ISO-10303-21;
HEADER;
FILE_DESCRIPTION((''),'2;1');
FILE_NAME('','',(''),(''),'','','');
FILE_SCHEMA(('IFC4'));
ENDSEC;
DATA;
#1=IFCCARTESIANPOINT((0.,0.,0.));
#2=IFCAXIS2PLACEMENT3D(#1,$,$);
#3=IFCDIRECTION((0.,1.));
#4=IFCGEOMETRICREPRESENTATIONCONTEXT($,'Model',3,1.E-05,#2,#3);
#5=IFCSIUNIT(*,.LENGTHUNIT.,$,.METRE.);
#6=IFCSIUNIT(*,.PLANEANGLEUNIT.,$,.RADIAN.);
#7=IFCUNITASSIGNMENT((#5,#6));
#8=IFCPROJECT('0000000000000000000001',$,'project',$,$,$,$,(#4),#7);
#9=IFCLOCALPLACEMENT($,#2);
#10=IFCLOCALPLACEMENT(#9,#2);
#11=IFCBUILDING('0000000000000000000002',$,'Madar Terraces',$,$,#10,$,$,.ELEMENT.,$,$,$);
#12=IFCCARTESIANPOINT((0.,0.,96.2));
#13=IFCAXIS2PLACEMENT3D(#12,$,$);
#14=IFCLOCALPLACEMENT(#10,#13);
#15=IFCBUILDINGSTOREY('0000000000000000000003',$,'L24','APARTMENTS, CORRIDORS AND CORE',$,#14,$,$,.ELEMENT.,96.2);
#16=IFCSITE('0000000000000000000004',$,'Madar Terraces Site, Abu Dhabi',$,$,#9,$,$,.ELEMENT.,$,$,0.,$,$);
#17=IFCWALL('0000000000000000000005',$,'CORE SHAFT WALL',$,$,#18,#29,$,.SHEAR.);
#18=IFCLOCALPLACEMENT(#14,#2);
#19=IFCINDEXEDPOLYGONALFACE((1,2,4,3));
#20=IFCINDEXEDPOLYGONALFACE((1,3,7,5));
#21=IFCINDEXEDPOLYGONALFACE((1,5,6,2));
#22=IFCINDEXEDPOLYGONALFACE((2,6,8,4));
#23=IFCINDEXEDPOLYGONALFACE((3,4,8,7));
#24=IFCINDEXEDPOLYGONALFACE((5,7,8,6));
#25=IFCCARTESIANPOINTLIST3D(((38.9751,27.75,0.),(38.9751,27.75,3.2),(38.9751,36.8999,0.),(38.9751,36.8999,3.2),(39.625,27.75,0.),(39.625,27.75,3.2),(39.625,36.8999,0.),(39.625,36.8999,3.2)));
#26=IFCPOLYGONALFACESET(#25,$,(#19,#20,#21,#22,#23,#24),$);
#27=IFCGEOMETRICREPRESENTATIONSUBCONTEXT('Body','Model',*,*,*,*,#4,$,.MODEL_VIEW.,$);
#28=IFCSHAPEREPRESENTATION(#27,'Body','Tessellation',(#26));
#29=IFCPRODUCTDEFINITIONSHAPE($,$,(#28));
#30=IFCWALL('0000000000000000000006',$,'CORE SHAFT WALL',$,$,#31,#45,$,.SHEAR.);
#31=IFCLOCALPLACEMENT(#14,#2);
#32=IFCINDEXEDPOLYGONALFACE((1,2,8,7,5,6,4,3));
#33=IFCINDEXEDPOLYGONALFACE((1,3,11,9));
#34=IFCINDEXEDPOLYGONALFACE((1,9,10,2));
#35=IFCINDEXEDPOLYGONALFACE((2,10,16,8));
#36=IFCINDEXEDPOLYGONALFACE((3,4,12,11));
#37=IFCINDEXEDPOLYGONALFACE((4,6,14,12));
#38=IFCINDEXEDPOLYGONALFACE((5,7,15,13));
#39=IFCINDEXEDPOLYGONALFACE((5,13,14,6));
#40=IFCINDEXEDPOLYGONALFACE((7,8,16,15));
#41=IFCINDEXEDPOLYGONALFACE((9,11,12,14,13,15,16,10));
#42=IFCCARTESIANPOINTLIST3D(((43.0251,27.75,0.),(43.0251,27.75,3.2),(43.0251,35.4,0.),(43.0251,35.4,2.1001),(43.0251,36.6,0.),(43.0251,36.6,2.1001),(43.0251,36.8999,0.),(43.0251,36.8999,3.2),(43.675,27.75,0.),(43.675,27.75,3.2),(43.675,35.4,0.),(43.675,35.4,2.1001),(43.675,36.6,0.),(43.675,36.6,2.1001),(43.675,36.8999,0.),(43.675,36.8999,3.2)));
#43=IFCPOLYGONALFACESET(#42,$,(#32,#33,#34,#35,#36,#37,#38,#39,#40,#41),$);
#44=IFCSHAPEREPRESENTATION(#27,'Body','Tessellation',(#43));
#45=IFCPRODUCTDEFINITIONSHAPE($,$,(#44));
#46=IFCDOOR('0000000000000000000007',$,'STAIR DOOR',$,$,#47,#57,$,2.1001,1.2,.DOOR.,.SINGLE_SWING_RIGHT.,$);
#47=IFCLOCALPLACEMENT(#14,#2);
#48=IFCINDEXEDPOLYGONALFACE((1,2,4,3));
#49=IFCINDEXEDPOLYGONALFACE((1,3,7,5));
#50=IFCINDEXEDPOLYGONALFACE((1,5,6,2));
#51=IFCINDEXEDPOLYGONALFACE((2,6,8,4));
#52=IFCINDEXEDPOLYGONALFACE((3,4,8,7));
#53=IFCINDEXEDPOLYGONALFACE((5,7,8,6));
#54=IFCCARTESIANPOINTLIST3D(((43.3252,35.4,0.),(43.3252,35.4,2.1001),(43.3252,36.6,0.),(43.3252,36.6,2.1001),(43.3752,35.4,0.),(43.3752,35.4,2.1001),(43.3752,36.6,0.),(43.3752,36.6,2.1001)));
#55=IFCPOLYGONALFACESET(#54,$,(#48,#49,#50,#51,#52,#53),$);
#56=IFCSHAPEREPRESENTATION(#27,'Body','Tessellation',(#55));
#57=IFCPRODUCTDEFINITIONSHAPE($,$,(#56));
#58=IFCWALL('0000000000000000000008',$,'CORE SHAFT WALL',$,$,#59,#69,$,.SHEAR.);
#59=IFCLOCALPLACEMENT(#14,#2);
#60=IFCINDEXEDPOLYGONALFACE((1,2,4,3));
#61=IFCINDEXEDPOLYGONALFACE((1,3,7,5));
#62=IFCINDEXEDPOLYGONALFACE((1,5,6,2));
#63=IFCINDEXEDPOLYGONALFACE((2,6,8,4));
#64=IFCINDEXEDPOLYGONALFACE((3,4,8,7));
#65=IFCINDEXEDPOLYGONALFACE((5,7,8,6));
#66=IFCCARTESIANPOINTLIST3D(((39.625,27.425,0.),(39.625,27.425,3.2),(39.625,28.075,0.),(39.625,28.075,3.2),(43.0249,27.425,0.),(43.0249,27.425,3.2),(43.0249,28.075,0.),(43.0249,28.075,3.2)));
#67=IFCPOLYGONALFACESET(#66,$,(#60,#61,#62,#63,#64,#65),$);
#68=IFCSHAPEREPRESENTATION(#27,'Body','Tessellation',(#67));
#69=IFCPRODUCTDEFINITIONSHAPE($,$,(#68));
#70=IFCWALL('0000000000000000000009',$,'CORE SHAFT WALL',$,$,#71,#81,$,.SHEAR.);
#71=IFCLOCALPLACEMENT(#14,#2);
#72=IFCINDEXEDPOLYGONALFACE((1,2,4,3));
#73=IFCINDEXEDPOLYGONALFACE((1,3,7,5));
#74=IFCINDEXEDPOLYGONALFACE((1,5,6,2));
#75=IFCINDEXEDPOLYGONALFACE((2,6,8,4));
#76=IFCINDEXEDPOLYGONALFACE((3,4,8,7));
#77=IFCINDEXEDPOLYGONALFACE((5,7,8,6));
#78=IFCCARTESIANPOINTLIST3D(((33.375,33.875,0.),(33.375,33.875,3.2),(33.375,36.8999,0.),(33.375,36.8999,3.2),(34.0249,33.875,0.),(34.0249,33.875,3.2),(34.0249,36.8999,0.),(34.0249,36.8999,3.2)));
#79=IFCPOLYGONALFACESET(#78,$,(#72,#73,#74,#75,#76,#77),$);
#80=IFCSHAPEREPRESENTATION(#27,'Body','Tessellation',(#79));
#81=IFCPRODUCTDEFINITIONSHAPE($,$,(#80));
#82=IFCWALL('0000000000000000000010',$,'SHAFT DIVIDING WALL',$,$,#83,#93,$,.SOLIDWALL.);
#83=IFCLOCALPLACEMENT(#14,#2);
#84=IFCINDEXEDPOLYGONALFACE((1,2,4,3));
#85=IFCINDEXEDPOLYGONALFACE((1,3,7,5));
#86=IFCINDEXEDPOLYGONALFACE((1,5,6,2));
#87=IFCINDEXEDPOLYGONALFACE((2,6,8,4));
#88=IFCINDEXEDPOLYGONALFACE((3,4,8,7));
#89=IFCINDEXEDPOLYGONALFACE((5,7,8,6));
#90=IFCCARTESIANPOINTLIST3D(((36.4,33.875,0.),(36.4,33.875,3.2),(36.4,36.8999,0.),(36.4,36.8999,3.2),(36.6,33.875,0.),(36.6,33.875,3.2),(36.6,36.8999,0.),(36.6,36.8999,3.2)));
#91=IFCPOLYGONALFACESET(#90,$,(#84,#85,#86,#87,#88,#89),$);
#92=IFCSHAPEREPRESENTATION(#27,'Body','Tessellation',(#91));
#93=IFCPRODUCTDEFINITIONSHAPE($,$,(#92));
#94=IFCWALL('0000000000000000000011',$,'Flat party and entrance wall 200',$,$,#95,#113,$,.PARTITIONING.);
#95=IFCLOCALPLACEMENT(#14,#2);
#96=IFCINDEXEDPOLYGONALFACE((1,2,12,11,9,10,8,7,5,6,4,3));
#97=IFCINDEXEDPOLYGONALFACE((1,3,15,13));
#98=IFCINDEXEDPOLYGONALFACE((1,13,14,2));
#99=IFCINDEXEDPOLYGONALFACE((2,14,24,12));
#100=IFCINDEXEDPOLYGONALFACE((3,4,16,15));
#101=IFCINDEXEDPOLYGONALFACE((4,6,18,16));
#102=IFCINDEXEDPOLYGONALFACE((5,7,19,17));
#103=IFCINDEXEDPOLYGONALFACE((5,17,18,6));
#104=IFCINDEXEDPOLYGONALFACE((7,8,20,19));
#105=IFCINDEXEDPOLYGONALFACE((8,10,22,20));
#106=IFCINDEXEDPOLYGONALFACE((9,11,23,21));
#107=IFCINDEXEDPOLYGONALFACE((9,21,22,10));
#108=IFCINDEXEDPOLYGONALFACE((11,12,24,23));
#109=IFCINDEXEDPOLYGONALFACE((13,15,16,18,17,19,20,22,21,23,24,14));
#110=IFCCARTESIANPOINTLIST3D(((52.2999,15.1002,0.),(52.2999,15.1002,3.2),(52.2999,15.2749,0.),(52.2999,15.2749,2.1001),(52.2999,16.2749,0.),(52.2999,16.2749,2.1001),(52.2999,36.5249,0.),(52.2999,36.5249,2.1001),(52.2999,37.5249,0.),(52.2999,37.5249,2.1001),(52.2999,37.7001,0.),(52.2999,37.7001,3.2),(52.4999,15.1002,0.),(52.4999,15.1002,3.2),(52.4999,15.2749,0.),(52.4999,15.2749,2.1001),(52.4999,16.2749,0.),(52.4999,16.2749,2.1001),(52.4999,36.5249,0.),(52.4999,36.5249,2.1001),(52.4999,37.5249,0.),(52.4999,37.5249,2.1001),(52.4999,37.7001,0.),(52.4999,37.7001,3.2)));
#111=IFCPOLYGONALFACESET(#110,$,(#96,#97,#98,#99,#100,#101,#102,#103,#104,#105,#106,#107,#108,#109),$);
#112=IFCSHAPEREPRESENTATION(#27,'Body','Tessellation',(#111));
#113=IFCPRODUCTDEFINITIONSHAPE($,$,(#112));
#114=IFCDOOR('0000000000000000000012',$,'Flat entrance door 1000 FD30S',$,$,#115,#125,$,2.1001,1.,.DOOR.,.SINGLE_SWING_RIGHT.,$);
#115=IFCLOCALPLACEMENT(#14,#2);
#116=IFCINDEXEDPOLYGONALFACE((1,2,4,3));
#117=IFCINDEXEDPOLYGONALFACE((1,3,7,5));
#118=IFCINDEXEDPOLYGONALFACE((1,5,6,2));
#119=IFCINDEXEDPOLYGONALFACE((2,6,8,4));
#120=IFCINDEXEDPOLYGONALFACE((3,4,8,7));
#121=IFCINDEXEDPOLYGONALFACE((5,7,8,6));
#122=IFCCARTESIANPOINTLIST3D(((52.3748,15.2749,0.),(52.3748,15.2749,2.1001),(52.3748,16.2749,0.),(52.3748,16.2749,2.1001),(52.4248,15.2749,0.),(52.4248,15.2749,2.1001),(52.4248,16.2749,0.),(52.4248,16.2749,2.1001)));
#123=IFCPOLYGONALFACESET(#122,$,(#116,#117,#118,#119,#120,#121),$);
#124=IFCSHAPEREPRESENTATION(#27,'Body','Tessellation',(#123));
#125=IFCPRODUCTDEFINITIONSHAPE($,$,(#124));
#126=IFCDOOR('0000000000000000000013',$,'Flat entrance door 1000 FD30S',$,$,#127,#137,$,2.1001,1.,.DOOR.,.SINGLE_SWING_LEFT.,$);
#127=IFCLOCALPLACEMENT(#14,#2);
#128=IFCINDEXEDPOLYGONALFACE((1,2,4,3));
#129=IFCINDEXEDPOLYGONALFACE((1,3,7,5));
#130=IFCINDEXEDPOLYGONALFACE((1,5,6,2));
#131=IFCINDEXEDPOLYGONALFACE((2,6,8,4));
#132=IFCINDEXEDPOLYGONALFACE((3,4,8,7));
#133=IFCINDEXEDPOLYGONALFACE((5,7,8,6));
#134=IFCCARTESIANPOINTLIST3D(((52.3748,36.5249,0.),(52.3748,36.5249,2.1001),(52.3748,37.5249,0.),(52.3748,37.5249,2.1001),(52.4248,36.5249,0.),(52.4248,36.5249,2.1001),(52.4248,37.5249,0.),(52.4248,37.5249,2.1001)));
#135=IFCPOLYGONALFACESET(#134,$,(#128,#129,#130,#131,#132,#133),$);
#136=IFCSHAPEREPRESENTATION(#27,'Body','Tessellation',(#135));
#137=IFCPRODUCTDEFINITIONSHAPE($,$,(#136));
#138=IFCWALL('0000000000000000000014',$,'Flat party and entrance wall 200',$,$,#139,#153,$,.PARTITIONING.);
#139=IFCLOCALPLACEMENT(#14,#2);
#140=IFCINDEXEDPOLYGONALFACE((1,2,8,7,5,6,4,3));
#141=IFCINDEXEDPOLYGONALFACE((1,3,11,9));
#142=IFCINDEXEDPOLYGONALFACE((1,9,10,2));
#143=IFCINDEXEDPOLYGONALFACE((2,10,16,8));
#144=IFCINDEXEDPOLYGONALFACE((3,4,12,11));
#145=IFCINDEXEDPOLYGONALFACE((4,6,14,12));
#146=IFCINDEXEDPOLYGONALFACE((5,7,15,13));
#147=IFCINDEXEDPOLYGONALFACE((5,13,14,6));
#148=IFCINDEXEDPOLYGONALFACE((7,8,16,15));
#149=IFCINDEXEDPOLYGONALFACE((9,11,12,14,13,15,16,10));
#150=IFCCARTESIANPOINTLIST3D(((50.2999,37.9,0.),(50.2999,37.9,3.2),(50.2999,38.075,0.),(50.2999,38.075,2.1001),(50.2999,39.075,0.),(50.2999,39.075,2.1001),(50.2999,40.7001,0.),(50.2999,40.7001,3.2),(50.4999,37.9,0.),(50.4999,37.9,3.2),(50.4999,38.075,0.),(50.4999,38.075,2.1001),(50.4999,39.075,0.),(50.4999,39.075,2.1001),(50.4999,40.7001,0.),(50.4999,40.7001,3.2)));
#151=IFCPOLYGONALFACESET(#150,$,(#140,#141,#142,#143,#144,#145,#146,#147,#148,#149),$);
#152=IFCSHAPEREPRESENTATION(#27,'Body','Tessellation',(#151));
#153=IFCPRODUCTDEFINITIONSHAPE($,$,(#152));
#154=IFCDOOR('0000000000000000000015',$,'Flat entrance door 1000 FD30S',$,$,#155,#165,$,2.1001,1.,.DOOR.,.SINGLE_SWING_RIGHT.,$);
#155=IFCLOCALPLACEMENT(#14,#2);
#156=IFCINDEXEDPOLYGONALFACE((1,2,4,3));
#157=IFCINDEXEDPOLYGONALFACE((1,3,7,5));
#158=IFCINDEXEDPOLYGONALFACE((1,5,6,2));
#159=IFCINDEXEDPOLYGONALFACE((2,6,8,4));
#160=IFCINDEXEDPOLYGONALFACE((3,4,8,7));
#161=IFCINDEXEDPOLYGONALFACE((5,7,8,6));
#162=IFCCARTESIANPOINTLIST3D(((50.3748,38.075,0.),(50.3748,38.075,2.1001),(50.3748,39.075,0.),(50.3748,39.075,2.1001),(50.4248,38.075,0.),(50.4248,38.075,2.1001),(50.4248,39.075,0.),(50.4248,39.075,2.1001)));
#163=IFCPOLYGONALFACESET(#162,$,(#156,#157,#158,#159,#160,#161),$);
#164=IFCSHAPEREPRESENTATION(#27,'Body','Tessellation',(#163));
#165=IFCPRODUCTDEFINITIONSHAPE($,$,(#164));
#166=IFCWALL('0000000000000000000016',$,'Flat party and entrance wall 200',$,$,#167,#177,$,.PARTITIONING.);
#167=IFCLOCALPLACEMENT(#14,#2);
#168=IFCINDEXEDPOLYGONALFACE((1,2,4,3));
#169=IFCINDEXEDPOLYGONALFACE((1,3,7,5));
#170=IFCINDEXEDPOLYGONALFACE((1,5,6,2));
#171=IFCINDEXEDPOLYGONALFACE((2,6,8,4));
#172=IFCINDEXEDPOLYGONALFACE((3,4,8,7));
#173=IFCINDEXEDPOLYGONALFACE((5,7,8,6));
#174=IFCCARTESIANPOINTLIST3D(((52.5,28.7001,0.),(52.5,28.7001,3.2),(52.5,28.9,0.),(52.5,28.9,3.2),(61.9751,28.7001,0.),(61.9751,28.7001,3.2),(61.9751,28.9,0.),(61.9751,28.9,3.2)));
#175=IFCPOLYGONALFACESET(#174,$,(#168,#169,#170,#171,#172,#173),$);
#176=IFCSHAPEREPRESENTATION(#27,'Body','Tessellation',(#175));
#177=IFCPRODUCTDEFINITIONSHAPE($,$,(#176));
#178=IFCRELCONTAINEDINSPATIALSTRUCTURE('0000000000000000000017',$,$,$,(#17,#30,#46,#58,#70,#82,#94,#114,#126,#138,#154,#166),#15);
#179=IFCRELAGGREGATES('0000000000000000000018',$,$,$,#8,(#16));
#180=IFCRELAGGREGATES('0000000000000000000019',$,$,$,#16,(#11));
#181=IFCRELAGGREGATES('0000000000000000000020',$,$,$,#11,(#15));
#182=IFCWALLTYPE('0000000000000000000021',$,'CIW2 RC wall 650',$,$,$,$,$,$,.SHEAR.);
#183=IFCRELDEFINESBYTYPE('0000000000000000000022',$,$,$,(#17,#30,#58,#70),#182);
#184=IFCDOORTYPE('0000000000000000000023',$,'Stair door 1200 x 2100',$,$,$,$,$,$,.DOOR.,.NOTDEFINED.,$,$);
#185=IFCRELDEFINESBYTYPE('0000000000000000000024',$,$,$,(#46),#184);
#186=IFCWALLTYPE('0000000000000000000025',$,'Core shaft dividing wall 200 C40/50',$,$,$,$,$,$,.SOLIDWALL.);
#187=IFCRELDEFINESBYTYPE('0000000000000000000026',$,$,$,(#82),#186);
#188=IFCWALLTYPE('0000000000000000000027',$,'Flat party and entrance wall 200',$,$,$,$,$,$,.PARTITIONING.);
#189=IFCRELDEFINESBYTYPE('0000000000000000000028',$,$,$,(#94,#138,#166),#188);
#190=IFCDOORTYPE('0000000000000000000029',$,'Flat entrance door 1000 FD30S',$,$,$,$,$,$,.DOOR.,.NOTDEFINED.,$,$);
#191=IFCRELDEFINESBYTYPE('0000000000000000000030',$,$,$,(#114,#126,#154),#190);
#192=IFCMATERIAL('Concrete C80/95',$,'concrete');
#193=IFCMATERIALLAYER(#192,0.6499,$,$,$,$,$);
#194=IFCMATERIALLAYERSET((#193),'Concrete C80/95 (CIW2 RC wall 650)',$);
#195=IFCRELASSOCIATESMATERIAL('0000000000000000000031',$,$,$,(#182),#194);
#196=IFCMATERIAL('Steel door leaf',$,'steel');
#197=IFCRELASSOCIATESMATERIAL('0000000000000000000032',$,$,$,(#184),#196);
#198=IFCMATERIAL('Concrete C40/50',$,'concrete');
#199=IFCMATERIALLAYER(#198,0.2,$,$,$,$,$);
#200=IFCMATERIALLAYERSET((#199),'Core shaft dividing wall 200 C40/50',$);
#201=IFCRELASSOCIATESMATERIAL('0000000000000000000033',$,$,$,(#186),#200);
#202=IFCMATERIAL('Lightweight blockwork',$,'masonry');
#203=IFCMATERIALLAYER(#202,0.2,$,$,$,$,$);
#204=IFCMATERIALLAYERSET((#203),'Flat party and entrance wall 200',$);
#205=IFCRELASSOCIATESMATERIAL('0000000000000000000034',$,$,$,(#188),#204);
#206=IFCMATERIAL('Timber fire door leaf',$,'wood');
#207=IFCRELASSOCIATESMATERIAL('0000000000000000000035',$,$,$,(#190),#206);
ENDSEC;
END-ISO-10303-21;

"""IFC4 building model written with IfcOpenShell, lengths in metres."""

from ifc_helpers import new_model, si_unit, direction, frame, frame_2d, origin, place, context, subcontext, project, spatial, rectangle, extrude, material, layer, layer_set, type_object, element, fill, save


model = new_model("IFC4")

# Units and contexts
model_context = context("Model", 3, precision=1e-05, world=origin(), true_north=direction((0.0, 1.0)))
body_context = subcontext(model_context, "Body", "Model", "MODEL_VIEW")
ifc_project = project(units=[si_unit("LENGTHUNIT", "METRE"), si_unit("PLANEANGLEUNIT", "RADIAN")], contexts=[model_context])

# Site, building, storey
site_placement = place(None, origin())
site = spatial("IfcSite", under=ifc_project, at=site_placement, Name="Madar Terraces Site, Abu Dhabi", CompositionType="ELEMENT", RefElevation=0.0)
building_placement = place(site_placement, origin())
building = spatial("IfcBuilding", under=site, at=building_placement, Name="Madar Terraces", CompositionType="ELEMENT")
storey_placement = place(building_placement, frame((0.0, 0.0, 96.2)))
storey = spatial("IfcBuildingStorey", under=building, at=storey_placement, Name="L24", Description="APARTMENTS, CORRIDORS AND CORE", CompositionType="ELEMENT", Elevation=96.2)

# Wall
ifc_material_1 = material(Name="Concrete C80/95", Category="concrete")
ifc_layer_1 = layer(ifc_material_1, 0.6499)
ifc_layer_set_1 = layer_set([ifc_layer_1], Name="Concrete C80/95 (CIW2 RC wall 650)")
wall_type_1 = type_object("IfcWallType", Name="CIW2 RC wall 650", PredefinedType="SHEAR", material=ifc_layer_set_1)
wall_1_placement = place(storey_placement, frame((39.3, 27.75, 0.0), z_axis=(0.0, 0.0, 1.0), x_axis=(0.0, 1.0, 0.0)))
element("IfcWall", 1, at=wall_1_placement, inside=storey, type_object=wall_type_1, Name="CORE SHAFT WALL", PredefinedType="SHEAR", context=body_context, shape_type="SweptSolid", body=[
    extrude(rectangle(XDim=9.1499, YDim=0.6499, at=frame_2d((4.575, 0.0))), origin(), (0.0, 0.0, 1.0), 3.2),
])

# Wall, opening, door
wall_2_placement = place(storey_placement, frame((43.3501, 27.75, 0.0), z_axis=(0.0, 0.0, 1.0), x_axis=(0.0, 1.0, 0.0)))
wall_2 = element("IfcWall", 2, at=wall_2_placement, inside=storey, type_object=wall_type_1, Name="CORE SHAFT WALL", PredefinedType="SHEAR", context=body_context, shape_type="SweptSolid", body=[
    extrude(rectangle(XDim=9.1499, YDim=0.6499, at=frame_2d((4.575, 0.0))), origin(), (0.0, 0.0, 1.0), 3.2),
])
opening_1_placement = place(wall_2_placement, frame((7.6499, 0.0, 0.0)))
opening_1 = element("IfcOpeningElement", 3, at=opening_1_placement, cuts=wall_2, PredefinedType="OPENING", context=body_context, shape_type="SweptSolid", body=[
    extrude(rectangle(XDim=1.2, YDim=2.1001, at=frame_2d((0.6001, 1.05))), frame((0.0, 0.335, 0.0), z_axis=(0.0, -1.0, 0.0), x_axis=(1.0, 0.0, 0.0)), (0.0, 0.0, 1.0), 0.6699),
])
ifc_material_2 = material(Name="Steel door leaf", Category="steel")
door_type_1 = type_object("IfcDoorType", Name="Stair door 1200 x 2100", OperationType="NOTDEFINED", PredefinedType="DOOR", material=ifc_material_2)
door_1_placement = place(opening_1_placement, origin())
door_1 = element("IfcDoor", 4, at=door_1_placement, inside=storey, type_object=door_type_1, Name="STAIR DOOR", OperationType="SINGLE_SWING_RIGHT", OverallHeight=2.1001, OverallWidth=1.2, PredefinedType="DOOR", context=body_context, shape_type="SweptSolid", body=[
    extrude(rectangle(XDim=1.2, YDim=2.1001, at=frame_2d((0.6001, 1.05))), frame((0.0, 0.0249, 0.0), z_axis=(0.0, -1.0, 0.0), x_axis=(1.0, 0.0, 0.0)), (0.0, 0.0, 1.0), 0.05),
])
fill(opening_1, door_1)

# Walls
wall_3_placement = place(storey_placement, frame((39.625, 27.75, 0.0), z_axis=(0.0, 0.0, 1.0), x_axis=(1.0, 0.0, 0.0)))
element("IfcWall", 5, at=wall_3_placement, inside=storey, type_object=wall_type_1, Name="CORE SHAFT WALL", PredefinedType="SHEAR", context=body_context, shape_type="SweptSolid", body=[
    extrude(rectangle(XDim=3.3999, YDim=0.6499, at=frame_2d((1.7, 0.0))), origin(), (0.0, 0.0, 1.0), 3.2),
])
wall_4_placement = place(storey_placement, frame((33.7, 33.875, 0.0), z_axis=(0.0, 0.0, 1.0), x_axis=(0.0, 1.0, 0.0)))
element("IfcWall", 6, at=wall_4_placement, inside=storey, type_object=wall_type_1, Name="CORE SHAFT WALL", PredefinedType="SHEAR", context=body_context, shape_type="SweptSolid", body=[
    extrude(rectangle(XDim=3.0249, YDim=0.6499, at=frame_2d((1.5125, 0.0))), origin(), (0.0, 0.0, 1.0), 3.2),
])
ifc_material_3 = material(Name="Concrete C40/50", Category="concrete")
ifc_layer_2 = layer(ifc_material_3, 0.2)
ifc_layer_set_2 = layer_set([ifc_layer_2], Name="Core shaft dividing wall 200 C40/50")
wall_type_2 = type_object("IfcWallType", Name="Core shaft dividing wall 200 C40/50", PredefinedType="SOLIDWALL", material=ifc_layer_set_2)
wall_5_placement = place(storey_placement, frame((36.5, 33.875, 0.0), z_axis=(0.0, 0.0, 1.0), x_axis=(0.0, 1.0, 0.0)))
element("IfcWall", 7, at=wall_5_placement, inside=storey, type_object=wall_type_2, Name="SHAFT DIVIDING WALL", PredefinedType="SOLIDWALL", context=body_context, shape_type="SweptSolid", body=[
    extrude(rectangle(XDim=3.0249, YDim=0.2, at=frame_2d((1.5125, 0.0))), origin(), (0.0, 0.0, 1.0), 3.2),
])

# Wall, openings, doors
ifc_material_4 = material(Name="Lightweight blockwork", Category="masonry")
ifc_layer_3 = layer(ifc_material_4, 0.2)
ifc_layer_set_3 = layer_set([ifc_layer_3], Name="Flat party and entrance wall 200")
wall_type_3 = type_object("IfcWallType", Name="Flat party and entrance wall 200", PredefinedType="PARTITIONING", material=ifc_layer_set_3)
wall_6_placement = place(storey_placement, frame((52.3999, 37.7, 0.0), z_axis=(0.0, 0.0, 1.0), x_axis=(0.0, -1.0, 0.0)))
wall_6 = element("IfcWall", 8, at=wall_6_placement, inside=storey, type_object=wall_type_3, Name="Flat party and entrance wall 200", PredefinedType="PARTITIONING", context=body_context, shape_type="SweptSolid", body=[
    extrude(rectangle(XDim=22.5999, YDim=0.2, at=frame_2d((11.2998, 0.0))), origin(), (0.0, 0.0, 1.0), 3.2),
])
opening_2_placement = place(wall_6_placement, frame((21.425, 0.0, 0.0)))
opening_2 = element("IfcOpeningElement", 9, at=opening_2_placement, cuts=wall_6, PredefinedType="OPENING", context=body_context, shape_type="SweptSolid", body=[
    extrude(rectangle(XDim=1.0, YDim=2.1001, at=frame_2d((0.5, 1.05))), frame((0.0, 0.1099, 0.0), z_axis=(0.0, -1.0, 0.0), x_axis=(1.0, 0.0, 0.0)), (0.0, 0.0, 1.0), 0.22),
])
opening_3_placement = place(wall_6_placement, frame((0.175, 0.0, 0.0)))
opening_3 = element("IfcOpeningElement", 10, at=opening_3_placement, cuts=wall_6, PredefinedType="OPENING", context=body_context, shape_type="SweptSolid", body=[
    extrude(rectangle(XDim=1.0, YDim=2.1001, at=frame_2d((0.5, 1.05))), frame((0.0, 0.1099, 0.0), z_axis=(0.0, -1.0, 0.0), x_axis=(1.0, 0.0, 0.0)), (0.0, 0.0, 1.0), 0.22),
])
ifc_material_5 = material(Name="Timber fire door leaf", Category="wood")
door_type_2 = type_object("IfcDoorType", Name="Flat entrance door 1000 FD30S", OperationType="NOTDEFINED", PredefinedType="DOOR", material=ifc_material_5)
door_2_placement = place(opening_2_placement, origin())
door_2 = element("IfcDoor", 11, at=door_2_placement, inside=storey, type_object=door_type_2, Name="Flat entrance door 1000 FD30S", OperationType="SINGLE_SWING_RIGHT", OverallHeight=2.1001, OverallWidth=1.0, PredefinedType="DOOR", context=body_context, shape_type="SweptSolid", body=[
    extrude(rectangle(XDim=1.0, YDim=2.1001, at=frame_2d((0.5, 1.05))), frame((0.0, 0.0249, 0.0), z_axis=(0.0, -1.0, 0.0), x_axis=(1.0, 0.0, 0.0)), (0.0, 0.0, 1.0), 0.05),
])
fill(opening_2, door_2)
door_3_placement = place(opening_3_placement, origin())
door_3 = element("IfcDoor", 12, at=door_3_placement, inside=storey, type_object=door_type_2, Name="Flat entrance door 1000 FD30S", OperationType="SINGLE_SWING_LEFT", OverallHeight=2.1001, OverallWidth=1.0, PredefinedType="DOOR", context=body_context, shape_type="SweptSolid", body=[
    extrude(rectangle(XDim=1.0, YDim=2.1001, at=frame_2d((0.5, 1.05))), frame((0.0, 0.0249, 0.0), z_axis=(0.0, -1.0, 0.0), x_axis=(1.0, 0.0, 0.0)), (0.0, 0.0, 1.0), 0.05),
])
fill(opening_3, door_3)

# Wall, opening, door
wall_7_placement = place(storey_placement, frame((50.3999, 40.7, 0.0), z_axis=(0.0, 0.0, 1.0), x_axis=(0.0, -1.0, 0.0)))
wall_7 = element("IfcWall", 13, at=wall_7_placement, inside=storey, type_object=wall_type_3, Name="Flat party and entrance wall 200", PredefinedType="PARTITIONING", context=body_context, shape_type="SweptSolid", body=[
    extrude(rectangle(XDim=2.8, YDim=0.2, at=frame_2d((1.3999, 0.0))), origin(), (0.0, 0.0, 1.0), 3.2),
])
opening_4_placement = place(wall_7_placement, frame((1.625, 0.0, 0.0)))
opening_4 = element("IfcOpeningElement", 14, at=opening_4_placement, cuts=wall_7, PredefinedType="OPENING", context=body_context, shape_type="SweptSolid", body=[
    extrude(rectangle(XDim=1.0, YDim=2.1001, at=frame_2d((0.5, 1.05))), frame((0.0, 0.1099, 0.0), z_axis=(0.0, -1.0, 0.0), x_axis=(1.0, 0.0, 0.0)), (0.0, 0.0, 1.0), 0.22),
])
door_4_placement = place(opening_4_placement, origin())
door_4 = element("IfcDoor", 15, at=door_4_placement, inside=storey, type_object=door_type_2, Name="Flat entrance door 1000 FD30S", OperationType="SINGLE_SWING_RIGHT", OverallHeight=2.1001, OverallWidth=1.0, PredefinedType="DOOR", context=body_context, shape_type="SweptSolid", body=[
    extrude(rectangle(XDim=1.0, YDim=2.1001, at=frame_2d((0.5, 1.05))), frame((0.0, 0.0249, 0.0), z_axis=(0.0, -1.0, 0.0), x_axis=(1.0, 0.0, 0.0)), (0.0, 0.0, 1.0), 0.05),
])
fill(opening_4, door_4)

# Wall
wall_8_placement = place(storey_placement, frame((52.5, 28.8, 0.0), z_axis=(0.0, 0.0, 1.0), x_axis=(1.0, 0.0, 0.0)))
element("IfcWall", 16, at=wall_8_placement, inside=storey, type_object=wall_type_3, Name="Flat party and entrance wall 200", PredefinedType="PARTITIONING", context=body_context, shape_type="SweptSolid", body=[
    extrude(rectangle(XDim=9.4751, YDim=0.2, at=frame_2d((4.7375, 0.0))), origin(), (0.0, 0.0, 1.0), 3.2),
])

save(model, "model.ifc")
